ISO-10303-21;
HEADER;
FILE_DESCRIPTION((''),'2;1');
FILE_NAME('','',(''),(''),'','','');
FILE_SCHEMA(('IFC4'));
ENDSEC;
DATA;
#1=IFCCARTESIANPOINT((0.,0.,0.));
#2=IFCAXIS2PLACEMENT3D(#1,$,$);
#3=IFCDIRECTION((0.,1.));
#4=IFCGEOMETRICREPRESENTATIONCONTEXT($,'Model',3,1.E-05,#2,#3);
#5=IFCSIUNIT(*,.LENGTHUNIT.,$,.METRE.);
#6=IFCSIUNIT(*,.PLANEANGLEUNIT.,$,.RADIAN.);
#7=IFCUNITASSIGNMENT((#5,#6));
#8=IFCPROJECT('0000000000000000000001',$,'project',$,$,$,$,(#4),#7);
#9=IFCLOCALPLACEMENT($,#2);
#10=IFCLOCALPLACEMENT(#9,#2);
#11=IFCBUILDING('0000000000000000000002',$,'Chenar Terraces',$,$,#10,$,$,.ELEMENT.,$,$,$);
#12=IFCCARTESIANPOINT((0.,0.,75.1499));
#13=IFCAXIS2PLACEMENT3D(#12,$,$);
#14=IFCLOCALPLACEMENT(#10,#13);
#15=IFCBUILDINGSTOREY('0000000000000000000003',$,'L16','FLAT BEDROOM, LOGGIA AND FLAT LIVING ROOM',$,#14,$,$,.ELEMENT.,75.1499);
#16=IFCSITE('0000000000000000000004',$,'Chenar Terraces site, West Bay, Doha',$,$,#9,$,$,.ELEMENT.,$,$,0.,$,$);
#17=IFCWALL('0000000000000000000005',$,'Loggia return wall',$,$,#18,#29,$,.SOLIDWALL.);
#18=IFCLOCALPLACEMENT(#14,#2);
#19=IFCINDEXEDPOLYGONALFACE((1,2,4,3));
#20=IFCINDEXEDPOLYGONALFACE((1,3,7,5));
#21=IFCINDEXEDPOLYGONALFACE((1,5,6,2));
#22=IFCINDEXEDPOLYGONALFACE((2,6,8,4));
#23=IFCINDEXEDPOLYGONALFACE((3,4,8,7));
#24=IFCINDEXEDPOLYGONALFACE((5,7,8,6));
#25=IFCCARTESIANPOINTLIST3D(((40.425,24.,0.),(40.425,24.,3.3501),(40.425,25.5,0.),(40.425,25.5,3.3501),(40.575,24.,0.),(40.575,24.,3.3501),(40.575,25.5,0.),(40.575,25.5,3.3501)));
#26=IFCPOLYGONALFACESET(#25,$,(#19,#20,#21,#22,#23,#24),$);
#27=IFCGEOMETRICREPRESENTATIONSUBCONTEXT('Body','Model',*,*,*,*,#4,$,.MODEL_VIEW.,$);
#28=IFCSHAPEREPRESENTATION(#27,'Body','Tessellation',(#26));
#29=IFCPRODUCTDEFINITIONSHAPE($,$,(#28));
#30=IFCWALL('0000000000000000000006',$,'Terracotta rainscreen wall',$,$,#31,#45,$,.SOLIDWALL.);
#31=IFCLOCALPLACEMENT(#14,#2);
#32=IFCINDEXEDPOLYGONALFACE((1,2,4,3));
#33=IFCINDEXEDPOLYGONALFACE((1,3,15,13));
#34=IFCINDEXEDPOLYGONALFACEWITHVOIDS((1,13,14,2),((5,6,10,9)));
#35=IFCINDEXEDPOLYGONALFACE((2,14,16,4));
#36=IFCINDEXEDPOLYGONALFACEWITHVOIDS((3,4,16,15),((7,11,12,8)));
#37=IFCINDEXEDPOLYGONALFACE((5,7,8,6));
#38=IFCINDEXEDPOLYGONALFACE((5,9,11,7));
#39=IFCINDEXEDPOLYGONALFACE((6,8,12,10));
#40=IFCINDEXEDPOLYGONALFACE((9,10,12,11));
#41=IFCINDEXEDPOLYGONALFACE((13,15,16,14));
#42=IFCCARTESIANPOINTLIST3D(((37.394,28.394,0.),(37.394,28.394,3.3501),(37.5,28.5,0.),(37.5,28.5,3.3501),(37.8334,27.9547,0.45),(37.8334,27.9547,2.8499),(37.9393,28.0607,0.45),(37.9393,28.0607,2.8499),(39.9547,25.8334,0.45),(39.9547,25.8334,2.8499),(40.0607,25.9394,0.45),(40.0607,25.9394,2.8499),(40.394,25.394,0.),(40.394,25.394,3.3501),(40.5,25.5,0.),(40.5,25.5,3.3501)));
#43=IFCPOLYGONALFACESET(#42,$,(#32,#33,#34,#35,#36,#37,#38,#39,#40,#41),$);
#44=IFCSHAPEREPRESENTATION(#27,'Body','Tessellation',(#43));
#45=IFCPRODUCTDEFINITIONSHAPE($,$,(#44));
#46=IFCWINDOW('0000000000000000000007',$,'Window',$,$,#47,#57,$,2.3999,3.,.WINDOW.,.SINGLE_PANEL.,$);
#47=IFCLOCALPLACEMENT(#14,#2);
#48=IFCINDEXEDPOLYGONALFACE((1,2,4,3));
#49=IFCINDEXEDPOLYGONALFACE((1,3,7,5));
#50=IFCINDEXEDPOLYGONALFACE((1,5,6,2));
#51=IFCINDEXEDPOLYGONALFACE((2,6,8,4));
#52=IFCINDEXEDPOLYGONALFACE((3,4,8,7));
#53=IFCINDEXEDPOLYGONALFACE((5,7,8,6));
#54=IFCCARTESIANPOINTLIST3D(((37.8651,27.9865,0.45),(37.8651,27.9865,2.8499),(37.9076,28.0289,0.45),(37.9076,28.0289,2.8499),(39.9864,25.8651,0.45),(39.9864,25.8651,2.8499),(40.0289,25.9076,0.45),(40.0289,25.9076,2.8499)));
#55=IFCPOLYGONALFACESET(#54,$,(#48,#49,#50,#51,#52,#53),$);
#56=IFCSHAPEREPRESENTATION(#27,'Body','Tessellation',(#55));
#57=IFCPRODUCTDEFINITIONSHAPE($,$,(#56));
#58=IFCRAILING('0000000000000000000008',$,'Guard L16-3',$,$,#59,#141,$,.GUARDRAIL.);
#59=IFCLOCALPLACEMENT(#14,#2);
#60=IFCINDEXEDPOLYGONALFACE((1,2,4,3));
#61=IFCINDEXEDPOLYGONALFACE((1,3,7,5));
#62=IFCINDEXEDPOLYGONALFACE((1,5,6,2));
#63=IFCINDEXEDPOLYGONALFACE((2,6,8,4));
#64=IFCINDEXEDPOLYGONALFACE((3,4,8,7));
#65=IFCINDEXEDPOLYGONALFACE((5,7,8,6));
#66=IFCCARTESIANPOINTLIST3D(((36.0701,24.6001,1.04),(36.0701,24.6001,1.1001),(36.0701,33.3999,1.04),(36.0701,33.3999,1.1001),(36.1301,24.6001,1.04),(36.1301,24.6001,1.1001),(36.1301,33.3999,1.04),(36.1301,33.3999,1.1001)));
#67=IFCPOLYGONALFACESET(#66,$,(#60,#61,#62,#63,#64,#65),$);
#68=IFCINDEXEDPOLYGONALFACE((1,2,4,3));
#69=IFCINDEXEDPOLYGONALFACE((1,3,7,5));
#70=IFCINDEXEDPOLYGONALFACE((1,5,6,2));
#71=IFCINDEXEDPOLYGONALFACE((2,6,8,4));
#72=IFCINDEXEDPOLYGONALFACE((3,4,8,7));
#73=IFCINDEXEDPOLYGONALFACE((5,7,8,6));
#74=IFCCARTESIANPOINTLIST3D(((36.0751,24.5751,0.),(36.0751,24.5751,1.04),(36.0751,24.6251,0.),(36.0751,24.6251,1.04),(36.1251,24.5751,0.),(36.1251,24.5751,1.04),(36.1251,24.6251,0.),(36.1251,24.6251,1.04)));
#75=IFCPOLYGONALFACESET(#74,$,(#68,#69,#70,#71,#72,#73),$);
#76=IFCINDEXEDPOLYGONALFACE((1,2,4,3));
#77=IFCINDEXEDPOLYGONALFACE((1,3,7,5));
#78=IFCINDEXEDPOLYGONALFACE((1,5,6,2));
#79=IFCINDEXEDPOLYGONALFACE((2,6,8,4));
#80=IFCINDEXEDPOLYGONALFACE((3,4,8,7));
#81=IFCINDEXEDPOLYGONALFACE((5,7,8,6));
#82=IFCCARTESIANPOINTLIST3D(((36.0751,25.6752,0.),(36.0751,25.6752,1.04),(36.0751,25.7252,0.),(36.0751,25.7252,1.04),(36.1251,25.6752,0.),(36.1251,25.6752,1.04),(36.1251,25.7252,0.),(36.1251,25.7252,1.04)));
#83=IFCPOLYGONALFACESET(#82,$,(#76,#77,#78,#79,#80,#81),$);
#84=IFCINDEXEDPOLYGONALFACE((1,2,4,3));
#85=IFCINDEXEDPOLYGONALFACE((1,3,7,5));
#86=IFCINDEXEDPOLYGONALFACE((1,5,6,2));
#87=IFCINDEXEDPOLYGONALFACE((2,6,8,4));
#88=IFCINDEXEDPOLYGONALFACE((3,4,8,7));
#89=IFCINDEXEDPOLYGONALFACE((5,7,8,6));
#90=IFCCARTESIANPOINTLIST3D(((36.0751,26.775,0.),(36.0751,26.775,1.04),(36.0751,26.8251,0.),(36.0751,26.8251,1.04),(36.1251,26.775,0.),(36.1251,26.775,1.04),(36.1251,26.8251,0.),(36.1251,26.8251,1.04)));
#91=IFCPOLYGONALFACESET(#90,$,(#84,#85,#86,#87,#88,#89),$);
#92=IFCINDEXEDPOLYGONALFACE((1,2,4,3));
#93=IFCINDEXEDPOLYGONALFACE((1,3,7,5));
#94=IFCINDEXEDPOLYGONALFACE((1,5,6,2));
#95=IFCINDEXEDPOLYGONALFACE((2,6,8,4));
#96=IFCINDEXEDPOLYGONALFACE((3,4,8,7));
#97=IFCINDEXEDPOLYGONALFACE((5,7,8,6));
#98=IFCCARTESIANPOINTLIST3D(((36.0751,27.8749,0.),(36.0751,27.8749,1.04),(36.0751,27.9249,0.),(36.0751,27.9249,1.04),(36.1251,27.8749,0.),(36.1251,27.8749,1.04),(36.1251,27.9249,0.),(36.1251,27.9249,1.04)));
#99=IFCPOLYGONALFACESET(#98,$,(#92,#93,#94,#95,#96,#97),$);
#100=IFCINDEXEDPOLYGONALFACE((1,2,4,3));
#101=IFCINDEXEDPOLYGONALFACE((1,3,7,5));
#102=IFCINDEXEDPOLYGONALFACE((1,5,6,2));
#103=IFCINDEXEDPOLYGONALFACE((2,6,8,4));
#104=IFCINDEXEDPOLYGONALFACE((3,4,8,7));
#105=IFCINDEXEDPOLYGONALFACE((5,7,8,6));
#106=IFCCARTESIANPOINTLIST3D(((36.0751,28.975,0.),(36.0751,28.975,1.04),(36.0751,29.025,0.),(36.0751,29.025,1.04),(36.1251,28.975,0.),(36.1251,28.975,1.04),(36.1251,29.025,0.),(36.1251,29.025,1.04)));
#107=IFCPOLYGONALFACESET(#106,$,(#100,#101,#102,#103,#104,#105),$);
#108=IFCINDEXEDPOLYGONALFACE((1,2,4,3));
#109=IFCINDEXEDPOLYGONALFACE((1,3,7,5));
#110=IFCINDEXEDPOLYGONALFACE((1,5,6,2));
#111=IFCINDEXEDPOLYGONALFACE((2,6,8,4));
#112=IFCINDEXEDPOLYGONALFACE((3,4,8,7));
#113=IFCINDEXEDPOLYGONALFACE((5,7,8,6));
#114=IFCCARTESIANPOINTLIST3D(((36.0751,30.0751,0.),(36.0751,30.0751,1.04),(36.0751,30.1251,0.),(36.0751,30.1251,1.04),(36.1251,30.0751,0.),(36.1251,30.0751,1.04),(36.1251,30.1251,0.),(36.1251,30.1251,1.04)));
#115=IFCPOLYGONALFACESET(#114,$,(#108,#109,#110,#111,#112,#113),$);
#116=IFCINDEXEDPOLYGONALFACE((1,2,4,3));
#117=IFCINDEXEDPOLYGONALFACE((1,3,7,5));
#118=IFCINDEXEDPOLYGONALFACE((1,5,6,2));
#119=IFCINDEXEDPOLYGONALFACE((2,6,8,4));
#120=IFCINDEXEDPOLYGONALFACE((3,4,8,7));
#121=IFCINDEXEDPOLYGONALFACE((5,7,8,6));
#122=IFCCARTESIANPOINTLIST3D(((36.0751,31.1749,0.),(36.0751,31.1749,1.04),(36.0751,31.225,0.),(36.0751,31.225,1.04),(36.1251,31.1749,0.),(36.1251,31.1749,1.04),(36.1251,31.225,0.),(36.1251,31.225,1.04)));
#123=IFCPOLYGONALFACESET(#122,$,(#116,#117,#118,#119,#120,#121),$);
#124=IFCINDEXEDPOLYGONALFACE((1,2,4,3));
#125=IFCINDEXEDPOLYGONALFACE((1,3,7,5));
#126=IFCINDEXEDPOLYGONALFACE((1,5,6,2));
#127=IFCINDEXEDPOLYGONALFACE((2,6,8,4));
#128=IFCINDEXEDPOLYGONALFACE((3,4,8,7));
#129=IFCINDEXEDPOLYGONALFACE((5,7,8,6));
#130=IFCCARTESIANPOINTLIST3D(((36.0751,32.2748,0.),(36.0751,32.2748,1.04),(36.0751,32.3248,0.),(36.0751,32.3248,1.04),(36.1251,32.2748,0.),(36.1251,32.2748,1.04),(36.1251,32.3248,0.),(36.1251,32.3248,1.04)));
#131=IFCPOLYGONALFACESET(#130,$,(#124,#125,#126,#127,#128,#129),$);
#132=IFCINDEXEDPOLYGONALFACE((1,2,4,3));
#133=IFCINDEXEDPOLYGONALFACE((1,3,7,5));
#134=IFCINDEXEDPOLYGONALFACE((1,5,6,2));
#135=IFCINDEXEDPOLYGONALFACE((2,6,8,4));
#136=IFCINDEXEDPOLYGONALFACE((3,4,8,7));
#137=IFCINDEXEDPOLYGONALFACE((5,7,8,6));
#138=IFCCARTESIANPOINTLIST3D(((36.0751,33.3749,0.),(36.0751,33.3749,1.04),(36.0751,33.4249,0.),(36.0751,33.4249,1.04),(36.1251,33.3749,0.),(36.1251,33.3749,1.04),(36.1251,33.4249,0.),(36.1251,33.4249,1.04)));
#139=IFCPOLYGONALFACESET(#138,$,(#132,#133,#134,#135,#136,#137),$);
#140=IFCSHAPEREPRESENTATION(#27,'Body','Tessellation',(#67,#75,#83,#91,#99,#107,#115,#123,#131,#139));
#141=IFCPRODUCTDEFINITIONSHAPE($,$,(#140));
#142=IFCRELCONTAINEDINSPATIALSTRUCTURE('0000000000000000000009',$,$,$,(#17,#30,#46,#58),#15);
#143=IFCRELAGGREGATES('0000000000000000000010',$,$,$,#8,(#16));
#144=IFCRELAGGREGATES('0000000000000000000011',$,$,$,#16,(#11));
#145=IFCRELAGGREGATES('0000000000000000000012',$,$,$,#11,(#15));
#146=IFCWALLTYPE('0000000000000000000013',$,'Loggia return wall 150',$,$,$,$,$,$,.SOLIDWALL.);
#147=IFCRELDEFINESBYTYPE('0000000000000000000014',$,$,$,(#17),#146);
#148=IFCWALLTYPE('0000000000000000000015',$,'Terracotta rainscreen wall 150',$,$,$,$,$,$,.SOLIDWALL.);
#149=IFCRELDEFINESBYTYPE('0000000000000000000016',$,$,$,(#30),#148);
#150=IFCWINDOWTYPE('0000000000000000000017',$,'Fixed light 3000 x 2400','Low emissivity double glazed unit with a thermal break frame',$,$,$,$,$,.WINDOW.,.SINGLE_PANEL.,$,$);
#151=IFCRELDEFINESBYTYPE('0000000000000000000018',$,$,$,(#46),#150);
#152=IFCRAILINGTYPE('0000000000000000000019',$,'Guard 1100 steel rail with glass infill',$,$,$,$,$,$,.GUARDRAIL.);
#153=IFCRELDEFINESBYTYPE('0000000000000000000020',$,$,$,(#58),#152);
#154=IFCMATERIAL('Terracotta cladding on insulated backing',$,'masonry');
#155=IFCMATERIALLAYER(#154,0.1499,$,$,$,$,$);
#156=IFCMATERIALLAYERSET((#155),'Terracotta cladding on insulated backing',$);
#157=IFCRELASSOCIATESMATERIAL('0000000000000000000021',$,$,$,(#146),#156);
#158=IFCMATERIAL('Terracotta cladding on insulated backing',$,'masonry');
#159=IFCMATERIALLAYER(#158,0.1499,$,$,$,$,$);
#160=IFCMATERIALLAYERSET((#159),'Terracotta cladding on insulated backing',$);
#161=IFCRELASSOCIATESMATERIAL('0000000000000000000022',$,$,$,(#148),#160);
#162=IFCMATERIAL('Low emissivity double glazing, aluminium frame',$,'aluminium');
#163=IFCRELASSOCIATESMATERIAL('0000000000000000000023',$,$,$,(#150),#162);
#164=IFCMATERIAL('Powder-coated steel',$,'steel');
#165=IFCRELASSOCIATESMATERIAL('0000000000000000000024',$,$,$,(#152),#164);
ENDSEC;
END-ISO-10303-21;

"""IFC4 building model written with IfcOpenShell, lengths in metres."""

from ifc_helpers import new_model, si_unit, direction, frame, frame_2d, origin, origin_2d, place, context, subcontext, project, spatial, rectangle, extrude, material, layer, layer_set, type_object, element, fill, save


model = new_model("IFC4")

# Units and contexts
model_context = context("Model", 3, precision=1e-05, world=origin(), true_north=direction((0.0, 1.0)))
body_context = subcontext(model_context, "Body", "Model", "MODEL_VIEW")
ifc_project = project(units=[si_unit("LENGTHUNIT", "METRE"), si_unit("PLANEANGLEUNIT", "RADIAN")], contexts=[model_context])

# Site, building, storey
site_placement = place(None, origin())
site = spatial("IfcSite", under=ifc_project, at=site_placement, Name="Chenar Terraces site, West Bay, Doha", CompositionType="ELEMENT", RefElevation=0.0)
building_placement = place(site_placement, origin())
building = spatial("IfcBuilding", under=site, at=building_placement, Name="Chenar Terraces", CompositionType="ELEMENT")
storey_placement = place(building_placement, frame((0.0, 0.0, 75.1499)))
storey = spatial("IfcBuildingStorey", under=building, at=storey_placement, Name="L16", Description="FLAT BEDROOM, LOGGIA AND FLAT LIVING ROOM", CompositionType="ELEMENT", Elevation=75.1499)

# Wall
ifc_material_1 = material(Name="Terracotta cladding on insulated backing", Category="masonry")
ifc_layer_1 = layer(ifc_material_1, 0.1499)
ifc_layer_set_1 = layer_set([ifc_layer_1], Name="Terracotta cladding on insulated backing")
wall_type_1 = type_object("IfcWallType", Name="Loggia return wall 150", PredefinedType="SOLIDWALL", material=ifc_layer_set_1)
wall_1_placement = place(storey_placement, frame((40.5, 25.5, 0.0), z_axis=(0.0, 0.0, 1.0), x_axis=(0.0, -1.0, 0.0)))
element("IfcWall", 1, at=wall_1_placement, inside=storey, type_object=wall_type_1, Name="Loggia return wall", PredefinedType="SOLIDWALL", context=body_context, shape_type="SweptSolid", body=[
    extrude(rectangle(XDim=1.5, YDim=0.1499, at=frame_2d((0.75, 0.0))), origin(), (0.0, 0.0, 1.0), 3.3501),
])

# Wall, opening, window
ifc_material_2 = material(Name="Terracotta cladding on insulated backing", Category="masonry")
ifc_layer_2 = layer(ifc_material_2, 0.1499)
ifc_layer_set_2 = layer_set([ifc_layer_2], Name="Terracotta cladding on insulated backing")
wall_type_2 = type_object("IfcWallType", Name="Terracotta rainscreen wall 150", PredefinedType="SOLIDWALL", material=ifc_layer_set_2)
wall_2_placement = place(storey_placement, frame((40.447, 25.447, 0.0), z_axis=(0.0, 0.0, 1.0), x_axis=(-0.707107, 0.707107, 0.0)))
wall_2 = element("IfcWall", 2, at=wall_2_placement, inside=storey, type_object=wall_type_2, Name="Terracotta rainscreen wall", PredefinedType="SOLIDWALL", context=body_context, shape_type="SweptSolid", body=[
    extrude(rectangle(XDim=4.2427, YDim=0.1499, at=frame_2d((2.1213, 0.0))), origin(), (0.0, 0.0, 1.0), 3.3501),
])
opening_placement = place(wall_2_placement, frame((0.6213, 0.0, 0.45)))
opening = element("IfcOpeningElement", 3, at=opening_placement, cuts=wall_2, PredefinedType="OPENING", context=body_context, shape_type="SweptSolid", body=[
    extrude(rectangle(XDim=3.0, YDim=2.3999, at=frame_2d((1.5, 1.2))), frame((0.0, 0.085, 0.0), z_axis=(0.0, -1.0, 0.0), x_axis=(1.0, 0.0, 0.0)), (0.0, 0.0, 1.0), 0.1699),
])
ifc_material_3 = material(Name="Low emissivity double glazing, aluminium frame", Category="aluminium")
window_type = type_object("IfcWindowType", Name="Fixed light 3000 x 2400", Description="Low emissivity double glazed unit with a thermal break frame", PartitioningType="SINGLE_PANEL", PredefinedType="WINDOW", material=ifc_material_3)
window_placement = place(opening_placement, origin())
window = element("IfcWindow", 4, at=window_placement, inside=storey, type_object=window_type, Name="Window", OverallHeight=2.3999, OverallWidth=3.0, PartitioningType="SINGLE_PANEL", PredefinedType="WINDOW", context=body_context, shape_type="SweptSolid", body=[
    extrude(rectangle(XDim=3.0, YDim=2.3999, at=frame_2d((1.5, 1.2))), frame((0.0, 0.03, 0.0), z_axis=(0.0, -1.0, 0.0), x_axis=(1.0, 0.0, 0.0)), (0.0, 0.0, 1.0), 0.0601),
])
fill(opening, window)

# Railing
ifc_material_4 = material(Name="Powder-coated steel", Category="steel")
railing_type = type_object("IfcRailingType", Name="Guard 1100 steel rail with glass infill", PredefinedType="GUARDRAIL", material=ifc_material_4)
railing_placement = place(storey_placement, frame((36.1001, 24.6001, 0.0)))
element("IfcRailing", 5, at=railing_placement, inside=storey, type_object=railing_type, Name="Guard L16-3", PredefinedType="GUARDRAIL", context=body_context, shape_type="SweptSolid", body=[
    extrude(rectangle(XDim=0.0601, YDim=0.0601, at=origin_2d()), frame((0.0, 0.0, 1.0701), z_axis=(0.0, 1.0, 0.0), x_axis=(-1.0, 0.0, 0.0)), (0.0, 0.0, 1.0), 8.7998),
    extrude(rectangle(XDim=0.05, YDim=0.05, at=origin_2d()), origin(), (0.0, 0.0, 1.0), 1.04),
    extrude(rectangle(XDim=0.05, YDim=0.05, at=origin_2d()), frame((0.0, 1.1001, 0.0)), (0.0, 0.0, 1.0), 1.04),
    extrude(rectangle(XDim=0.05, YDim=0.05, at=origin_2d()), frame((0.0, 2.2, 0.0)), (0.0, 0.0, 1.0), 1.04),
    extrude(rectangle(XDim=0.05, YDim=0.05, at=origin_2d()), frame((0.0, 3.2998, 0.0)), (0.0, 0.0, 1.0), 1.04),
    extrude(rectangle(XDim=0.05, YDim=0.05, at=origin_2d()), frame((0.0, 4.3999, 0.0)), (0.0, 0.0, 1.0), 1.04),
    extrude(rectangle(XDim=0.05, YDim=0.05, at=origin_2d()), frame((0.0, 5.5, 0.0)), (0.0, 0.0, 1.0), 1.04),
    extrude(rectangle(XDim=0.05, YDim=0.05, at=origin_2d()), frame((0.0, 6.5999, 0.0)), (0.0, 0.0, 1.0), 1.04),
    extrude(rectangle(XDim=0.05, YDim=0.05, at=origin_2d()), frame((0.0, 7.6997, 0.0)), (0.0, 0.0, 1.0), 1.04),
    extrude(rectangle(XDim=0.05, YDim=0.05, at=origin_2d()), frame((0.0, 8.7998, 0.0)), (0.0, 0.0, 1.0), 1.04),
])

save(model, "model.ifc")
